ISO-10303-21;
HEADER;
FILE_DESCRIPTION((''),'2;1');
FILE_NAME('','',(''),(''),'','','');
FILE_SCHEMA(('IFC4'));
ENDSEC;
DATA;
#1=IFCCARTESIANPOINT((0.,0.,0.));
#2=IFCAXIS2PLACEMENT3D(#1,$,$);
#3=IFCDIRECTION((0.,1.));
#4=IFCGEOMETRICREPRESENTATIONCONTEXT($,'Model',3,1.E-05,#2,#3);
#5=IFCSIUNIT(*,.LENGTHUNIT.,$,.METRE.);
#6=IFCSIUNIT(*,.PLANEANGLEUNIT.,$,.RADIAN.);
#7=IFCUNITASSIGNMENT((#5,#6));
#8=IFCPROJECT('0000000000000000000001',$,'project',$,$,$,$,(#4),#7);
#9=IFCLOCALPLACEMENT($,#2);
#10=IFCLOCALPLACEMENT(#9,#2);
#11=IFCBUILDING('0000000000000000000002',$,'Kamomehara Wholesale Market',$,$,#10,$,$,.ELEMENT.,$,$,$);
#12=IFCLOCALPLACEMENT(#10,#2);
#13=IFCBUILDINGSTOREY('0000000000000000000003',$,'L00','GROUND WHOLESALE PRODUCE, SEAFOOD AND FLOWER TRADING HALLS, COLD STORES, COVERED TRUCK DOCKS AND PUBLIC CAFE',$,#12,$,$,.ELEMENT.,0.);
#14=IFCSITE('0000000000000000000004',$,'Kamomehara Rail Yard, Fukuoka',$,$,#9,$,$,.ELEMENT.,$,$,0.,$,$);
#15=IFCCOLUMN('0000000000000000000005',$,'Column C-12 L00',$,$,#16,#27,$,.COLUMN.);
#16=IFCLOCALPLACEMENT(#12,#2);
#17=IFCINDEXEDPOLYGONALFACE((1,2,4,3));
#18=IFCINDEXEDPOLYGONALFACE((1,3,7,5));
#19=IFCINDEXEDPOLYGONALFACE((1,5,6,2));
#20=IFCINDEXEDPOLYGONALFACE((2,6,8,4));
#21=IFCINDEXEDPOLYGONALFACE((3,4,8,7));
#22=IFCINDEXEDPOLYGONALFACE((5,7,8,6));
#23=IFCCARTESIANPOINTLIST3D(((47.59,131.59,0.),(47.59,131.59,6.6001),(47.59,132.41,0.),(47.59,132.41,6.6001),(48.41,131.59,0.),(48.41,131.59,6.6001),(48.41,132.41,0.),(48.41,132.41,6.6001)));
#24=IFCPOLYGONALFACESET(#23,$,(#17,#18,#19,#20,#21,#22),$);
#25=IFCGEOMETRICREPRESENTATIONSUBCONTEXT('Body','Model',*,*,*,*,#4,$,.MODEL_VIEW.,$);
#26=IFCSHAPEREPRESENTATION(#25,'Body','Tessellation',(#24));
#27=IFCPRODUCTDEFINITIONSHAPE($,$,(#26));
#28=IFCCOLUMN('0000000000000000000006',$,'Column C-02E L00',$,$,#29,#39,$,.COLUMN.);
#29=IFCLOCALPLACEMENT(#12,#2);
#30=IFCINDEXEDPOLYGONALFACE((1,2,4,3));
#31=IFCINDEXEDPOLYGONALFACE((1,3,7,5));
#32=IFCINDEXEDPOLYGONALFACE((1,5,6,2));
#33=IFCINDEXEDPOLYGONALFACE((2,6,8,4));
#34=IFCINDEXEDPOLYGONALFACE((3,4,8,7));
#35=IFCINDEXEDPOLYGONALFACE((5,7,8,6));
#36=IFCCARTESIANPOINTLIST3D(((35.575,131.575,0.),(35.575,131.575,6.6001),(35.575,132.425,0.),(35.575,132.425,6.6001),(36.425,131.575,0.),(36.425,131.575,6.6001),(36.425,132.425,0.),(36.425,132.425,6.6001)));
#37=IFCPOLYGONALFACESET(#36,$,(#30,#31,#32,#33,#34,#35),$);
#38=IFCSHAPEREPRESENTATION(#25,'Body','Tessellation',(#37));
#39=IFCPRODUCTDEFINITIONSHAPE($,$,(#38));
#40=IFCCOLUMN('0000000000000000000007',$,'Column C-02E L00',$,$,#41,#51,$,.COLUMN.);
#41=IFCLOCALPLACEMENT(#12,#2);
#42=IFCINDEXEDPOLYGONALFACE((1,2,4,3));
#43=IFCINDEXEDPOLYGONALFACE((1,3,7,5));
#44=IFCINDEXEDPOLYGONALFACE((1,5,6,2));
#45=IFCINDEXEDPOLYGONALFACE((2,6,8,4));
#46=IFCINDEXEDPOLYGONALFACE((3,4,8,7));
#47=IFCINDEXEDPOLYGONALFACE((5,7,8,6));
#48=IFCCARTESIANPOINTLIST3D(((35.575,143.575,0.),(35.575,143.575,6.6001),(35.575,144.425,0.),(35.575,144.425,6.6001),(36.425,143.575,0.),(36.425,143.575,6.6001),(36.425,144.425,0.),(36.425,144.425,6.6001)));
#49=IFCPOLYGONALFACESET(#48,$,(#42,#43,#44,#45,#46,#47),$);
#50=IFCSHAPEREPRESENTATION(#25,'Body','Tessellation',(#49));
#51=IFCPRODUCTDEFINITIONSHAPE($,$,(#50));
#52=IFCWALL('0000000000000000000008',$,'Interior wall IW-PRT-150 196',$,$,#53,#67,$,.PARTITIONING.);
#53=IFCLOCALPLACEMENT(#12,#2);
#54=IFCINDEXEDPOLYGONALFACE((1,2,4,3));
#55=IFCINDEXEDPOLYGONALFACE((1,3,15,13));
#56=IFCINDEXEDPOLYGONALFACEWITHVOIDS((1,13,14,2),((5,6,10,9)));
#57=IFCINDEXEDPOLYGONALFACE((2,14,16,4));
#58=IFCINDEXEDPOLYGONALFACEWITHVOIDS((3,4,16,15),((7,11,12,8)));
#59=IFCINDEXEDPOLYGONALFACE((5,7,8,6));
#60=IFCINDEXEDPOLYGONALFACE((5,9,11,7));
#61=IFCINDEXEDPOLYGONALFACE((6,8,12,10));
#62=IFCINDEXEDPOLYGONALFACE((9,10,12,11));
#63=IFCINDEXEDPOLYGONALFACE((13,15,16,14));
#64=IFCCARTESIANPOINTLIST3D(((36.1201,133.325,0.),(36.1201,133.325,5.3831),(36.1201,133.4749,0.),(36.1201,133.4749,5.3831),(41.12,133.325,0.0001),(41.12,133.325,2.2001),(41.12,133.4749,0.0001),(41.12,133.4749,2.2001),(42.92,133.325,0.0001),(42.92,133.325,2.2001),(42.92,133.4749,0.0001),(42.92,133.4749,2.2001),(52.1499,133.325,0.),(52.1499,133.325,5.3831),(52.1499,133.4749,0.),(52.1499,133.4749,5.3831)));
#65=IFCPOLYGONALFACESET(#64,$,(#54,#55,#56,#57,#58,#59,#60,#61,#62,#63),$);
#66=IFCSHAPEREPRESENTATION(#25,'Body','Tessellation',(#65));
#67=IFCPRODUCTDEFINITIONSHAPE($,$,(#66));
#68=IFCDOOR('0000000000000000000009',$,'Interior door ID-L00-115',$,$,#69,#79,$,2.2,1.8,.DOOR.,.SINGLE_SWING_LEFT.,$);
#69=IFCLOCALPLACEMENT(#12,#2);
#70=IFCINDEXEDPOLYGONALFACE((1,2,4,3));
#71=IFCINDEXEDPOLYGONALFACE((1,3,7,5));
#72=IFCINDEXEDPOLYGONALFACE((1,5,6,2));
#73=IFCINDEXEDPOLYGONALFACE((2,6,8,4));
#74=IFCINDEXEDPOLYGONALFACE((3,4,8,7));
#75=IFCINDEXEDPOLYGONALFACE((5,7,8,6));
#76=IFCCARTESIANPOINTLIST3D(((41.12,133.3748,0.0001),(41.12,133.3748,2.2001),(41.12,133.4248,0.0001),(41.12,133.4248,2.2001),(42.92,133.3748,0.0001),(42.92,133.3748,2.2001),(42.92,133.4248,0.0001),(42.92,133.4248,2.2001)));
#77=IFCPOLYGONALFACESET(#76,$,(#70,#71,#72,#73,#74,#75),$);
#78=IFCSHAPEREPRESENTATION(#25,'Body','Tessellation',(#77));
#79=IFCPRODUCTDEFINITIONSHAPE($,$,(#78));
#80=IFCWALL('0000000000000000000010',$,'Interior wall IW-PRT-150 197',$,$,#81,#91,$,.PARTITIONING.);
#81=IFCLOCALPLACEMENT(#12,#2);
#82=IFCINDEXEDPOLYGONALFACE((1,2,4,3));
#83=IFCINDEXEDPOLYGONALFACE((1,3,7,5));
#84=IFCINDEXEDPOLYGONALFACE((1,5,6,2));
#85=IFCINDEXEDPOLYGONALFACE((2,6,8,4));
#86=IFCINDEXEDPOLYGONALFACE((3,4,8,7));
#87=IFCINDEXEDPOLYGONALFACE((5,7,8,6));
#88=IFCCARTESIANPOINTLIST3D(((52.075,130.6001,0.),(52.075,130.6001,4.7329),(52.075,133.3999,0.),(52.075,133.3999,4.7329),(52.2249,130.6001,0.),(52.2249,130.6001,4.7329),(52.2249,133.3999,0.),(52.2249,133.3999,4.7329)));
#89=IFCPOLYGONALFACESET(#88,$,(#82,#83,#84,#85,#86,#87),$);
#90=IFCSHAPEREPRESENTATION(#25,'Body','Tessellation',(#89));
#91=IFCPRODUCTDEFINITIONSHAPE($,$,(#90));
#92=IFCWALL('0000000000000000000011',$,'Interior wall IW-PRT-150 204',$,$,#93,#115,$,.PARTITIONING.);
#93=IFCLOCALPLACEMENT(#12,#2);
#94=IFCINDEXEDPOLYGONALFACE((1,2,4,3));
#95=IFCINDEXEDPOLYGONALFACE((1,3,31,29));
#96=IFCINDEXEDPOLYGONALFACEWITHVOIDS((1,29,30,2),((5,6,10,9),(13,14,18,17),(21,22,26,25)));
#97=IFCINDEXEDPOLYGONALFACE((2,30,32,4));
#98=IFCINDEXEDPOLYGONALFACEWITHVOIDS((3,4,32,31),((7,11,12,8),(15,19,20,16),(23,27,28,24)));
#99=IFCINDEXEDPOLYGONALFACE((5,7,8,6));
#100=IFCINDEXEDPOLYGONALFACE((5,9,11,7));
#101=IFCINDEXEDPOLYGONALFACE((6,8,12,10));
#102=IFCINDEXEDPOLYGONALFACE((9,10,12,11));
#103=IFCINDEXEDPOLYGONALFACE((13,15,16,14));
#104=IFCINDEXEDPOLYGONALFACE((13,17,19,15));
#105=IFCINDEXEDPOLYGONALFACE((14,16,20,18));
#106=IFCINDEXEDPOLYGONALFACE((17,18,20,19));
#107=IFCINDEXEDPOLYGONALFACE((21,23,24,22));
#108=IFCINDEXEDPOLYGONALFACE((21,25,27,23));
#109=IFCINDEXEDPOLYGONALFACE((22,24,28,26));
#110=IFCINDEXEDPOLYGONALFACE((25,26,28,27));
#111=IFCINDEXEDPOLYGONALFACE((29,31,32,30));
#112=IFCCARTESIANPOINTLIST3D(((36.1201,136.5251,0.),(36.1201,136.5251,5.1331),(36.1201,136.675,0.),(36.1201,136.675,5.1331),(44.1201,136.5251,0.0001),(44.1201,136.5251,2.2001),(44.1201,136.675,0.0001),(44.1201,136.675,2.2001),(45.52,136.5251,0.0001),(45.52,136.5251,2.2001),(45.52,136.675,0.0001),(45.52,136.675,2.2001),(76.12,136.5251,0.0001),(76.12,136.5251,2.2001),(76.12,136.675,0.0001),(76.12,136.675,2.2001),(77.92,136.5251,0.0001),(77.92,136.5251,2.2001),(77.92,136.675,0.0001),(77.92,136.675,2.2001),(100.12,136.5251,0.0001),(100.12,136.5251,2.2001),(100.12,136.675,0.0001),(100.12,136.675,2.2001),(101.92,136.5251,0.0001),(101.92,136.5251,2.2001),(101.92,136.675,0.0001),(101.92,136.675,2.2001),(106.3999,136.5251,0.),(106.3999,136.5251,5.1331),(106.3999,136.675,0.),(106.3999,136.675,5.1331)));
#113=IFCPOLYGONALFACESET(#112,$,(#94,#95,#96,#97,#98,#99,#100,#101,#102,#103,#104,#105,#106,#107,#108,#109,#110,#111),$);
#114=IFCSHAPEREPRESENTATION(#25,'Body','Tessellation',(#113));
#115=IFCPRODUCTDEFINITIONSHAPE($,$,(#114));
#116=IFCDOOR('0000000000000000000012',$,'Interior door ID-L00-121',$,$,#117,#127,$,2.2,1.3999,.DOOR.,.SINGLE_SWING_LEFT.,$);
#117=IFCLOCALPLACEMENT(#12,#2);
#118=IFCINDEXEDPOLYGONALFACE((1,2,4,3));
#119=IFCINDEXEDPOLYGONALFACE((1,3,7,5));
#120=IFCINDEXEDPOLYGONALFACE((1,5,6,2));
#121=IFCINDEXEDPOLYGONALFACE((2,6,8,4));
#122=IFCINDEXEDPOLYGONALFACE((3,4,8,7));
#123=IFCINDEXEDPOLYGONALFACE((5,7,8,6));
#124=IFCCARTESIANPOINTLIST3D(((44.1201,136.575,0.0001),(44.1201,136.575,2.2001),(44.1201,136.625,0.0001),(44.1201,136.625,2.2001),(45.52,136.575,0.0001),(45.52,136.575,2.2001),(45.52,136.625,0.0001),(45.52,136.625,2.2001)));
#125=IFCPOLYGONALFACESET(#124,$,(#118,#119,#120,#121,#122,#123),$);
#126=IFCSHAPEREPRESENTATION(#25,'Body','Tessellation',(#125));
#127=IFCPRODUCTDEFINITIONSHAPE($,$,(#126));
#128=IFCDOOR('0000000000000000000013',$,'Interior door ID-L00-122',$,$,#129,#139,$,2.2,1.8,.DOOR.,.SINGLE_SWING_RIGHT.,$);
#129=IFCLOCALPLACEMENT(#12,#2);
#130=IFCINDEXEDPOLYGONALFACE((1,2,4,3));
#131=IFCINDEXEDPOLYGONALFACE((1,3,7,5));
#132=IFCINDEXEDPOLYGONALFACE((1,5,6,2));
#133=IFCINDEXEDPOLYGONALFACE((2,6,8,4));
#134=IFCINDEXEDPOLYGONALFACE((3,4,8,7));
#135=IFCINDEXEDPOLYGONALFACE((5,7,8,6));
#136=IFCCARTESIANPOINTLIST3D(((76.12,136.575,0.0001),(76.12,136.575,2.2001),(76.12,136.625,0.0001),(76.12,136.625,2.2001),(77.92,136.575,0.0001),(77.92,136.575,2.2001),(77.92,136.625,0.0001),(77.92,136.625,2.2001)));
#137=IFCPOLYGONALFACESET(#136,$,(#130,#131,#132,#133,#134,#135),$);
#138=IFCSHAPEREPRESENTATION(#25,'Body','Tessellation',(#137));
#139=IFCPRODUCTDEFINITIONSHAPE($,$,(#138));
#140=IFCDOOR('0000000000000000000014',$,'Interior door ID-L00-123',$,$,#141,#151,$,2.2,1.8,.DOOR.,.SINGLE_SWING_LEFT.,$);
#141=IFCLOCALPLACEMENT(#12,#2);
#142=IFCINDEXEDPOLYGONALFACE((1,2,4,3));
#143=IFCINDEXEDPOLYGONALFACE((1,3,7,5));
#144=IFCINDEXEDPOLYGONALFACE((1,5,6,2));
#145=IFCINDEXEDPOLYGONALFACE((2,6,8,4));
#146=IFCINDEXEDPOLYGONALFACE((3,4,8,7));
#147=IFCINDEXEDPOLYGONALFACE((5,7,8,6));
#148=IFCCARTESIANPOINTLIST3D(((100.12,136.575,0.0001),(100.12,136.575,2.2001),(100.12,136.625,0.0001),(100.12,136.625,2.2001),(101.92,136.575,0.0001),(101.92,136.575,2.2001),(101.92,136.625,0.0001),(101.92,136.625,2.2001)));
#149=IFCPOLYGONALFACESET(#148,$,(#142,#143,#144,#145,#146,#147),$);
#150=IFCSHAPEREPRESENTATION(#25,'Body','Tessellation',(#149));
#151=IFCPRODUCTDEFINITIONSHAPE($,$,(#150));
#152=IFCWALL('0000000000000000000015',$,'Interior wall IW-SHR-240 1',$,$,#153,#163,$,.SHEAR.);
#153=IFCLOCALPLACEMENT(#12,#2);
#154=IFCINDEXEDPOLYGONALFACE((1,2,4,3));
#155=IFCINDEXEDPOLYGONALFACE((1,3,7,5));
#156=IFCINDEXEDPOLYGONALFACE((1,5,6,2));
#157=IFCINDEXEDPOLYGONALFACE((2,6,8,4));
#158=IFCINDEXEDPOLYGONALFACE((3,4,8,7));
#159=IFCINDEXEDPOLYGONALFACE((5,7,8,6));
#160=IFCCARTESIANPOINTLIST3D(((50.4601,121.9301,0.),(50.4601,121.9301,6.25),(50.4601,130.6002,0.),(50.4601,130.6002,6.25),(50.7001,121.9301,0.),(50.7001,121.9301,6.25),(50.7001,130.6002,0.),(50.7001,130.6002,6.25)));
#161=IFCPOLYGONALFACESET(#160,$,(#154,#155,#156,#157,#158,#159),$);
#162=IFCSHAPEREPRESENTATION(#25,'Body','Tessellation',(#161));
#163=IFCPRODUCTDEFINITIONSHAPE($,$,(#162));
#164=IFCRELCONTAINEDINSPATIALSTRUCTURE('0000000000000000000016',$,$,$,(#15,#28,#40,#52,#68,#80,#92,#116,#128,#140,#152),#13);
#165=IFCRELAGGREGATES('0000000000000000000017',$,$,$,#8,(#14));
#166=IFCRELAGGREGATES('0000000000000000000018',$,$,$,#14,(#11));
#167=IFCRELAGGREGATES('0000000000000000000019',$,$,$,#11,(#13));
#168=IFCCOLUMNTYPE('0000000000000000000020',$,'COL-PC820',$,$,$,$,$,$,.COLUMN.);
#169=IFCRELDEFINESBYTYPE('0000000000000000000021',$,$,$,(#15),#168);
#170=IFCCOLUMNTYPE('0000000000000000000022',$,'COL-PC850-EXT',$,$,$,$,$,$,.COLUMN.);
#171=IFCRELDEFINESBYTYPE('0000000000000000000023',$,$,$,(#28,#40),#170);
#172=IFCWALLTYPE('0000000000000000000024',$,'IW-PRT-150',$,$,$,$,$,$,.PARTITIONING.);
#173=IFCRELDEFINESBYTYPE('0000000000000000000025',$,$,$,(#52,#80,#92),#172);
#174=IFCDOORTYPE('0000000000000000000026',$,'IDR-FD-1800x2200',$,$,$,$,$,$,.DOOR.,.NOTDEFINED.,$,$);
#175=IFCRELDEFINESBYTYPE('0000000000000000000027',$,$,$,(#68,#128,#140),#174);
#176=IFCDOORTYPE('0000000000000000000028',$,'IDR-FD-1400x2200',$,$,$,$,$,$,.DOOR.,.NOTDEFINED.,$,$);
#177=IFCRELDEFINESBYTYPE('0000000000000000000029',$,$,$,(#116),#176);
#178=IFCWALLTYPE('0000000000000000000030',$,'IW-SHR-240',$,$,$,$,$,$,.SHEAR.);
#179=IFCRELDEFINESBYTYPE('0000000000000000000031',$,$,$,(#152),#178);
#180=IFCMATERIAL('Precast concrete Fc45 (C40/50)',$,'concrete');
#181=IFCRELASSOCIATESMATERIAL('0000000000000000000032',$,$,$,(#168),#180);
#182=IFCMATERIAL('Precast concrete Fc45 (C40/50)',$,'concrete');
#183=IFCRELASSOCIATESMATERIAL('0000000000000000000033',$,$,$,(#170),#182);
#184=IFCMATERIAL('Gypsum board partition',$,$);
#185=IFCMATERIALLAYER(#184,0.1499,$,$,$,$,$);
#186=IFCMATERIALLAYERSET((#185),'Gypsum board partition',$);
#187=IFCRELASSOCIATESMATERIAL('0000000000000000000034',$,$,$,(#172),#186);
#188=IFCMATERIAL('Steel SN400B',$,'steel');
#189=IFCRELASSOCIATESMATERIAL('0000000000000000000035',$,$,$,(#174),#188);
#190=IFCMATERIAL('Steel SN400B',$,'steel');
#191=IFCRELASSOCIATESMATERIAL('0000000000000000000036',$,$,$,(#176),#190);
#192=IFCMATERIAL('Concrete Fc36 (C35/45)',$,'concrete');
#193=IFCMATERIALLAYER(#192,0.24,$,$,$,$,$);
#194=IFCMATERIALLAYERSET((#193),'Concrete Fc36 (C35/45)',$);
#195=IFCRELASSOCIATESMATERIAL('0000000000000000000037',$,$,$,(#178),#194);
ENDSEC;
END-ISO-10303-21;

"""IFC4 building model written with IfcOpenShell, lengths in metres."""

from ifc_helpers import new_model, si_unit, direction, frame, frame_2d, origin, origin_2d, place, context, subcontext, project, spatial, rectangle, extrude, material, layer, layer_set, material_profile, profile_set, type_object, element, fill, save


model = new_model("IFC4")

# Units and contexts
model_context = context("Model", 3, precision=1e-05, world=origin(), true_north=direction((0.0, 1.0)))
body_context = subcontext(model_context, "Body", "Model", "MODEL_VIEW")
ifc_project = project(units=[si_unit("LENGTHUNIT", "METRE"), si_unit("PLANEANGLEUNIT", "RADIAN")], contexts=[model_context])

# Site, building, storey
site_placement = place(None, origin())
site = spatial("IfcSite", under=ifc_project, at=site_placement, Name="Kamomehara Rail Yard, Fukuoka", CompositionType="ELEMENT", RefElevation=0.0)
building_placement = place(site_placement, origin())
building = spatial("IfcBuilding", under=site, at=building_placement, Name="Kamomehara Wholesale Market", CompositionType="ELEMENT")
storey_placement = place(building_placement, origin())
storey = spatial("IfcBuildingStorey", under=building, at=storey_placement, Name="L00", Description="GROUND WHOLESALE PRODUCE, SEAFOOD AND FLOWER TRADING HALLS, COLD STORES, COVERED TRUCK DOCKS AND PUBLIC CAFE", CompositionType="ELEMENT", Elevation=0.0)

# Columns
ifc_material_1 = material(Name="Precast concrete Fc45 (C40/50)", Category="concrete")
ifc_material_profile_1 = material_profile(ifc_material_1, rectangle(XDim=0.8201, YDim=0.8201, at=origin_2d()), Name="PC-COL-820x820")
ifc_profile_set_1 = profile_set([ifc_material_profile_1], Name="Precast concrete Fc45 (C40/50)")
column_type_1 = type_object("IfcColumnType", Name="COL-PC820", PredefinedType="COLUMN", material=ifc_profile_set_1)
column_placement = place(storey_placement, frame((48.0, 132.0, 0.0), z_axis=(0.0, 0.0, 1.0), x_axis=(1.0, 0.0, 0.0)))
element("IfcColumn", 1, at=column_placement, inside=storey, type_object=column_type_1, Name="Column C-12 L00", PredefinedType="COLUMN", context=body_context, shape_type="SweptSolid", body=[
    extrude(rectangle(XDim=0.8201, YDim=0.8201, at=origin_2d()), origin(), (0.0, 0.0, 1.0), 6.6001),
])
ifc_material_2 = material(Name="Precast concrete Fc45 (C40/50)", Category="concrete")
ifc_material_profile_2 = material_profile(ifc_material_2, rectangle(XDim=0.8501, YDim=0.8501, at=origin_2d()), Name="PC-COL-850x850")
ifc_profile_set_2 = profile_set([ifc_material_profile_2], Name="Precast concrete Fc45 (C40/50)")
column_type_2 = type_object("IfcColumnType", Name="COL-PC850-EXT", PredefinedType="COLUMN", material=ifc_profile_set_2)
for number, where, z_axis, x_axis, name in (
    (2, (36.0, 132.0, 0.0), (0.0, 0.0, 1.0), (1.0, 0.0, 0.0), "Column C-02E L00"),
    (3, (36.0, 144.0, 0.0), (0.0, 0.0, 1.0), (1.0, 0.0, 0.0), "Column C-02E L00"),
):
    element("IfcColumn", number, at=place(storey_placement, frame(where, z_axis=z_axis, x_axis=x_axis)), inside=storey, type_object=column_type_2, Name=name, PredefinedType="COLUMN", context=body_context, shape_type="SweptSolid", body=[
        extrude(rectangle(XDim=0.8501, YDim=0.8501, at=origin_2d()), origin(), (0.0, 0.0, 1.0), 6.6001),
    ])

# Wall, opening, door
ifc_material_3 = material(Name="Gypsum board partition")
ifc_layer_1 = layer(ifc_material_3, 0.1499)
ifc_layer_set_1 = layer_set([ifc_layer_1], Name="Gypsum board partition")
wall_type_1 = type_object("IfcWallType", Name="IW-PRT-150", PredefinedType="PARTITIONING", material=ifc_layer_set_1)
wall_1_placement = place(storey_placement, frame((36.1201, 133.3999, 0.0), z_axis=(0.0, 0.0, 1.0), x_axis=(1.0, 0.0, 0.0)))
wall_1 = element("IfcWall", 4, at=wall_1_placement, inside=storey, type_object=wall_type_1, Name="Interior wall IW-PRT-150 196", PredefinedType="PARTITIONING", context=body_context, shape_type="SweptSolid", body=[
    extrude(rectangle(XDim=16.0298, YDim=0.1499, at=frame_2d((8.0149, 0.0))), origin(), (0.0, 0.0, 1.0), 5.3831),
])
opening_1_placement = place(wall_1_placement, frame((5.0, 0.0, 0.0)))
opening_1 = element("IfcOpeningElement", 5, at=opening_1_placement, cuts=wall_1, PredefinedType="OPENING", context=body_context, shape_type="SweptSolid", body=[
    extrude(rectangle(XDim=1.8, YDim=2.2, at=frame_2d((0.8999, 1.1001))), frame((0.0, 0.0898, 0.0), z_axis=(0.0, -1.0, 0.0), x_axis=(1.0, 0.0, 0.0)), (0.0, 0.0, 1.0), 0.1797),
])
ifc_material_4 = material(Name="Steel SN400B", Category="steel")
door_type_1 = type_object("IfcDoorType", Name="IDR-FD-1800x2200", OperationType="NOTDEFINED", PredefinedType="DOOR", material=ifc_material_4)
door_1_placement = place(opening_1_placement, origin())
door_1 = element("IfcDoor", 6, at=door_1_placement, inside=storey, type_object=door_type_1, Name="Interior door ID-L00-115", OperationType="SINGLE_SWING_LEFT", OverallHeight=2.2, OverallWidth=1.8, PredefinedType="DOOR", context=body_context, shape_type="SweptSolid", body=[
    extrude(rectangle(XDim=1.8, YDim=2.2, at=frame_2d((0.8999, 1.1001))), frame((0.0, 0.0249, 0.0), z_axis=(0.0, -1.0, 0.0), x_axis=(1.0, 0.0, 0.0)), (0.0, 0.0, 1.0), 0.05),
])
fill(opening_1, door_1)

# Wall
wall_2_placement = place(storey_placement, frame((52.1499, 130.6001, 0.0), z_axis=(0.0, 0.0, 1.0), x_axis=(0.0, 1.0, 0.0)))
element("IfcWall", 7, at=wall_2_placement, inside=storey, type_object=wall_type_1, Name="Interior wall IW-PRT-150 197", PredefinedType="PARTITIONING", context=body_context, shape_type="SweptSolid", body=[
    extrude(rectangle(XDim=2.7998, YDim=0.1499, at=frame_2d((1.3999, 0.0))), origin(), (0.0, 0.0, 1.0), 4.7329),
])

# Wall, openings, doors
wall_3_placement = place(storey_placement, frame((36.1201, 136.6001, 0.0), z_axis=(0.0, 0.0, 1.0), x_axis=(1.0, 0.0, 0.0)))
wall_3 = element("IfcWall", 8, at=wall_3_placement, inside=storey, type_object=wall_type_1, Name="Interior wall IW-PRT-150 204", PredefinedType="PARTITIONING", context=body_context, shape_type="SweptSolid", body=[
    extrude(rectangle(XDim=70.2798, YDim=0.1499, at=frame_2d((35.1399, 0.0))), origin(), (0.0, 0.0, 1.0), 5.1331),
])
opening_2_placement = place(wall_3_placement, frame((8.0, 0.0, 0.0)))
opening_2 = element("IfcOpeningElement", 9, at=opening_2_placement, cuts=wall_3, PredefinedType="OPENING", context=body_context, shape_type="SweptSolid", body=[
    extrude(rectangle(XDim=1.3999, YDim=2.2, at=frame_2d((0.7, 1.1001))), frame((0.0, 0.0898, 0.0), z_axis=(0.0, -1.0, 0.0), x_axis=(1.0, 0.0, 0.0)), (0.0, 0.0, 1.0), 0.1797),
])
opening_3_placement = place(wall_3_placement, frame((40.0, 0.0, 0.0)))
opening_3 = element("IfcOpeningElement", 10, at=opening_3_placement, cuts=wall_3, PredefinedType="OPENING", context=body_context, shape_type="SweptSolid", body=[
    extrude(rectangle(XDim=1.8, YDim=2.2, at=frame_2d((0.8999, 1.1001))), frame((0.0, 0.0898, 0.0), z_axis=(0.0, -1.0, 0.0), x_axis=(1.0, 0.0, 0.0)), (0.0, 0.0, 1.0), 0.1797),
])
opening_4_placement = place(wall_3_placement, frame((64.0, 0.0, 0.0)))
opening_4 = element("IfcOpeningElement", 11, at=opening_4_placement, cuts=wall_3, PredefinedType="OPENING", context=body_context, shape_type="SweptSolid", body=[
    extrude(rectangle(XDim=1.8, YDim=2.2, at=frame_2d((0.8999, 1.1001))), frame((0.0, 0.0898, 0.0), z_axis=(0.0, -1.0, 0.0), x_axis=(1.0, 0.0, 0.0)), (0.0, 0.0, 1.0), 0.1797),
])
ifc_material_5 = material(Name="Steel SN400B", Category="steel")
door_type_2 = type_object("IfcDoorType", Name="IDR-FD-1400x2200", OperationType="NOTDEFINED", PredefinedType="DOOR", material=ifc_material_5)
door_2_placement = place(opening_2_placement, origin())
door_2 = element("IfcDoor", 12, at=door_2_placement, inside=storey, type_object=door_type_2, Name="Interior door ID-L00-121", OperationType="SINGLE_SWING_LEFT", OverallHeight=2.2, OverallWidth=1.3999, PredefinedType="DOOR", context=body_context, shape_type="SweptSolid", body=[
    extrude(rectangle(XDim=1.3999, YDim=2.2, at=frame_2d((0.7, 1.1001))), frame((0.0, 0.0249, 0.0), z_axis=(0.0, -1.0, 0.0), x_axis=(1.0, 0.0, 0.0)), (0.0, 0.0, 1.0), 0.05),
])
fill(opening_2, door_2)
door_3_placement = place(opening_3_placement, origin())
door_3 = element("IfcDoor", 13, at=door_3_placement, inside=storey, type_object=door_type_1, Name="Interior door ID-L00-122", OperationType="SINGLE_SWING_RIGHT", OverallHeight=2.2, OverallWidth=1.8, PredefinedType="DOOR", context=body_context, shape_type="SweptSolid", body=[
    extrude(rectangle(XDim=1.8, YDim=2.2, at=frame_2d((0.8999, 1.1001))), frame((0.0, 0.0249, 0.0), z_axis=(0.0, -1.0, 0.0), x_axis=(1.0, 0.0, 0.0)), (0.0, 0.0, 1.0), 0.05),
])
fill(opening_3, door_3)
door_4_placement = place(opening_4_placement, origin())
door_4 = element("IfcDoor", 14, at=door_4_placement, inside=storey, type_object=door_type_1, Name="Interior door ID-L00-123", OperationType="SINGLE_SWING_LEFT", OverallHeight=2.2, OverallWidth=1.8, PredefinedType="DOOR", context=body_context, shape_type="SweptSolid", body=[
    extrude(rectangle(XDim=1.8, YDim=2.2, at=frame_2d((0.8999, 1.1001))), frame((0.0, 0.0249, 0.0), z_axis=(0.0, -1.0, 0.0), x_axis=(1.0, 0.0, 0.0)), (0.0, 0.0, 1.0), 0.05),
])
fill(opening_4, door_4)

# Wall
ifc_material_6 = material(Name="Concrete Fc36 (C35/45)", Category="concrete")
ifc_layer_2 = layer(ifc_material_6, 0.24)
ifc_layer_set_2 = layer_set([ifc_layer_2], Name="Concrete Fc36 (C35/45)")
wall_type_2 = type_object("IfcWallType", Name="IW-SHR-240", PredefinedType="SHEAR", material=ifc_layer_set_2)
wall_4_placement = place(storey_placement, frame((50.5801, 130.6001, 0.0), z_axis=(0.0, 0.0, 1.0), x_axis=(0.0, -1.0, 0.0)))
element("IfcWall", 15, at=wall_4_placement, inside=storey, type_object=wall_type_2, Name="Interior wall IW-SHR-240 1", PredefinedType="SHEAR", context=body_context, shape_type="SweptSolid", body=[
    extrude(rectangle(XDim=8.6702, YDim=0.24, at=frame_2d((4.335, 0.0))), origin(), (0.0, 0.0, 1.0), 6.25),
])

save(model, "model.ifc")
